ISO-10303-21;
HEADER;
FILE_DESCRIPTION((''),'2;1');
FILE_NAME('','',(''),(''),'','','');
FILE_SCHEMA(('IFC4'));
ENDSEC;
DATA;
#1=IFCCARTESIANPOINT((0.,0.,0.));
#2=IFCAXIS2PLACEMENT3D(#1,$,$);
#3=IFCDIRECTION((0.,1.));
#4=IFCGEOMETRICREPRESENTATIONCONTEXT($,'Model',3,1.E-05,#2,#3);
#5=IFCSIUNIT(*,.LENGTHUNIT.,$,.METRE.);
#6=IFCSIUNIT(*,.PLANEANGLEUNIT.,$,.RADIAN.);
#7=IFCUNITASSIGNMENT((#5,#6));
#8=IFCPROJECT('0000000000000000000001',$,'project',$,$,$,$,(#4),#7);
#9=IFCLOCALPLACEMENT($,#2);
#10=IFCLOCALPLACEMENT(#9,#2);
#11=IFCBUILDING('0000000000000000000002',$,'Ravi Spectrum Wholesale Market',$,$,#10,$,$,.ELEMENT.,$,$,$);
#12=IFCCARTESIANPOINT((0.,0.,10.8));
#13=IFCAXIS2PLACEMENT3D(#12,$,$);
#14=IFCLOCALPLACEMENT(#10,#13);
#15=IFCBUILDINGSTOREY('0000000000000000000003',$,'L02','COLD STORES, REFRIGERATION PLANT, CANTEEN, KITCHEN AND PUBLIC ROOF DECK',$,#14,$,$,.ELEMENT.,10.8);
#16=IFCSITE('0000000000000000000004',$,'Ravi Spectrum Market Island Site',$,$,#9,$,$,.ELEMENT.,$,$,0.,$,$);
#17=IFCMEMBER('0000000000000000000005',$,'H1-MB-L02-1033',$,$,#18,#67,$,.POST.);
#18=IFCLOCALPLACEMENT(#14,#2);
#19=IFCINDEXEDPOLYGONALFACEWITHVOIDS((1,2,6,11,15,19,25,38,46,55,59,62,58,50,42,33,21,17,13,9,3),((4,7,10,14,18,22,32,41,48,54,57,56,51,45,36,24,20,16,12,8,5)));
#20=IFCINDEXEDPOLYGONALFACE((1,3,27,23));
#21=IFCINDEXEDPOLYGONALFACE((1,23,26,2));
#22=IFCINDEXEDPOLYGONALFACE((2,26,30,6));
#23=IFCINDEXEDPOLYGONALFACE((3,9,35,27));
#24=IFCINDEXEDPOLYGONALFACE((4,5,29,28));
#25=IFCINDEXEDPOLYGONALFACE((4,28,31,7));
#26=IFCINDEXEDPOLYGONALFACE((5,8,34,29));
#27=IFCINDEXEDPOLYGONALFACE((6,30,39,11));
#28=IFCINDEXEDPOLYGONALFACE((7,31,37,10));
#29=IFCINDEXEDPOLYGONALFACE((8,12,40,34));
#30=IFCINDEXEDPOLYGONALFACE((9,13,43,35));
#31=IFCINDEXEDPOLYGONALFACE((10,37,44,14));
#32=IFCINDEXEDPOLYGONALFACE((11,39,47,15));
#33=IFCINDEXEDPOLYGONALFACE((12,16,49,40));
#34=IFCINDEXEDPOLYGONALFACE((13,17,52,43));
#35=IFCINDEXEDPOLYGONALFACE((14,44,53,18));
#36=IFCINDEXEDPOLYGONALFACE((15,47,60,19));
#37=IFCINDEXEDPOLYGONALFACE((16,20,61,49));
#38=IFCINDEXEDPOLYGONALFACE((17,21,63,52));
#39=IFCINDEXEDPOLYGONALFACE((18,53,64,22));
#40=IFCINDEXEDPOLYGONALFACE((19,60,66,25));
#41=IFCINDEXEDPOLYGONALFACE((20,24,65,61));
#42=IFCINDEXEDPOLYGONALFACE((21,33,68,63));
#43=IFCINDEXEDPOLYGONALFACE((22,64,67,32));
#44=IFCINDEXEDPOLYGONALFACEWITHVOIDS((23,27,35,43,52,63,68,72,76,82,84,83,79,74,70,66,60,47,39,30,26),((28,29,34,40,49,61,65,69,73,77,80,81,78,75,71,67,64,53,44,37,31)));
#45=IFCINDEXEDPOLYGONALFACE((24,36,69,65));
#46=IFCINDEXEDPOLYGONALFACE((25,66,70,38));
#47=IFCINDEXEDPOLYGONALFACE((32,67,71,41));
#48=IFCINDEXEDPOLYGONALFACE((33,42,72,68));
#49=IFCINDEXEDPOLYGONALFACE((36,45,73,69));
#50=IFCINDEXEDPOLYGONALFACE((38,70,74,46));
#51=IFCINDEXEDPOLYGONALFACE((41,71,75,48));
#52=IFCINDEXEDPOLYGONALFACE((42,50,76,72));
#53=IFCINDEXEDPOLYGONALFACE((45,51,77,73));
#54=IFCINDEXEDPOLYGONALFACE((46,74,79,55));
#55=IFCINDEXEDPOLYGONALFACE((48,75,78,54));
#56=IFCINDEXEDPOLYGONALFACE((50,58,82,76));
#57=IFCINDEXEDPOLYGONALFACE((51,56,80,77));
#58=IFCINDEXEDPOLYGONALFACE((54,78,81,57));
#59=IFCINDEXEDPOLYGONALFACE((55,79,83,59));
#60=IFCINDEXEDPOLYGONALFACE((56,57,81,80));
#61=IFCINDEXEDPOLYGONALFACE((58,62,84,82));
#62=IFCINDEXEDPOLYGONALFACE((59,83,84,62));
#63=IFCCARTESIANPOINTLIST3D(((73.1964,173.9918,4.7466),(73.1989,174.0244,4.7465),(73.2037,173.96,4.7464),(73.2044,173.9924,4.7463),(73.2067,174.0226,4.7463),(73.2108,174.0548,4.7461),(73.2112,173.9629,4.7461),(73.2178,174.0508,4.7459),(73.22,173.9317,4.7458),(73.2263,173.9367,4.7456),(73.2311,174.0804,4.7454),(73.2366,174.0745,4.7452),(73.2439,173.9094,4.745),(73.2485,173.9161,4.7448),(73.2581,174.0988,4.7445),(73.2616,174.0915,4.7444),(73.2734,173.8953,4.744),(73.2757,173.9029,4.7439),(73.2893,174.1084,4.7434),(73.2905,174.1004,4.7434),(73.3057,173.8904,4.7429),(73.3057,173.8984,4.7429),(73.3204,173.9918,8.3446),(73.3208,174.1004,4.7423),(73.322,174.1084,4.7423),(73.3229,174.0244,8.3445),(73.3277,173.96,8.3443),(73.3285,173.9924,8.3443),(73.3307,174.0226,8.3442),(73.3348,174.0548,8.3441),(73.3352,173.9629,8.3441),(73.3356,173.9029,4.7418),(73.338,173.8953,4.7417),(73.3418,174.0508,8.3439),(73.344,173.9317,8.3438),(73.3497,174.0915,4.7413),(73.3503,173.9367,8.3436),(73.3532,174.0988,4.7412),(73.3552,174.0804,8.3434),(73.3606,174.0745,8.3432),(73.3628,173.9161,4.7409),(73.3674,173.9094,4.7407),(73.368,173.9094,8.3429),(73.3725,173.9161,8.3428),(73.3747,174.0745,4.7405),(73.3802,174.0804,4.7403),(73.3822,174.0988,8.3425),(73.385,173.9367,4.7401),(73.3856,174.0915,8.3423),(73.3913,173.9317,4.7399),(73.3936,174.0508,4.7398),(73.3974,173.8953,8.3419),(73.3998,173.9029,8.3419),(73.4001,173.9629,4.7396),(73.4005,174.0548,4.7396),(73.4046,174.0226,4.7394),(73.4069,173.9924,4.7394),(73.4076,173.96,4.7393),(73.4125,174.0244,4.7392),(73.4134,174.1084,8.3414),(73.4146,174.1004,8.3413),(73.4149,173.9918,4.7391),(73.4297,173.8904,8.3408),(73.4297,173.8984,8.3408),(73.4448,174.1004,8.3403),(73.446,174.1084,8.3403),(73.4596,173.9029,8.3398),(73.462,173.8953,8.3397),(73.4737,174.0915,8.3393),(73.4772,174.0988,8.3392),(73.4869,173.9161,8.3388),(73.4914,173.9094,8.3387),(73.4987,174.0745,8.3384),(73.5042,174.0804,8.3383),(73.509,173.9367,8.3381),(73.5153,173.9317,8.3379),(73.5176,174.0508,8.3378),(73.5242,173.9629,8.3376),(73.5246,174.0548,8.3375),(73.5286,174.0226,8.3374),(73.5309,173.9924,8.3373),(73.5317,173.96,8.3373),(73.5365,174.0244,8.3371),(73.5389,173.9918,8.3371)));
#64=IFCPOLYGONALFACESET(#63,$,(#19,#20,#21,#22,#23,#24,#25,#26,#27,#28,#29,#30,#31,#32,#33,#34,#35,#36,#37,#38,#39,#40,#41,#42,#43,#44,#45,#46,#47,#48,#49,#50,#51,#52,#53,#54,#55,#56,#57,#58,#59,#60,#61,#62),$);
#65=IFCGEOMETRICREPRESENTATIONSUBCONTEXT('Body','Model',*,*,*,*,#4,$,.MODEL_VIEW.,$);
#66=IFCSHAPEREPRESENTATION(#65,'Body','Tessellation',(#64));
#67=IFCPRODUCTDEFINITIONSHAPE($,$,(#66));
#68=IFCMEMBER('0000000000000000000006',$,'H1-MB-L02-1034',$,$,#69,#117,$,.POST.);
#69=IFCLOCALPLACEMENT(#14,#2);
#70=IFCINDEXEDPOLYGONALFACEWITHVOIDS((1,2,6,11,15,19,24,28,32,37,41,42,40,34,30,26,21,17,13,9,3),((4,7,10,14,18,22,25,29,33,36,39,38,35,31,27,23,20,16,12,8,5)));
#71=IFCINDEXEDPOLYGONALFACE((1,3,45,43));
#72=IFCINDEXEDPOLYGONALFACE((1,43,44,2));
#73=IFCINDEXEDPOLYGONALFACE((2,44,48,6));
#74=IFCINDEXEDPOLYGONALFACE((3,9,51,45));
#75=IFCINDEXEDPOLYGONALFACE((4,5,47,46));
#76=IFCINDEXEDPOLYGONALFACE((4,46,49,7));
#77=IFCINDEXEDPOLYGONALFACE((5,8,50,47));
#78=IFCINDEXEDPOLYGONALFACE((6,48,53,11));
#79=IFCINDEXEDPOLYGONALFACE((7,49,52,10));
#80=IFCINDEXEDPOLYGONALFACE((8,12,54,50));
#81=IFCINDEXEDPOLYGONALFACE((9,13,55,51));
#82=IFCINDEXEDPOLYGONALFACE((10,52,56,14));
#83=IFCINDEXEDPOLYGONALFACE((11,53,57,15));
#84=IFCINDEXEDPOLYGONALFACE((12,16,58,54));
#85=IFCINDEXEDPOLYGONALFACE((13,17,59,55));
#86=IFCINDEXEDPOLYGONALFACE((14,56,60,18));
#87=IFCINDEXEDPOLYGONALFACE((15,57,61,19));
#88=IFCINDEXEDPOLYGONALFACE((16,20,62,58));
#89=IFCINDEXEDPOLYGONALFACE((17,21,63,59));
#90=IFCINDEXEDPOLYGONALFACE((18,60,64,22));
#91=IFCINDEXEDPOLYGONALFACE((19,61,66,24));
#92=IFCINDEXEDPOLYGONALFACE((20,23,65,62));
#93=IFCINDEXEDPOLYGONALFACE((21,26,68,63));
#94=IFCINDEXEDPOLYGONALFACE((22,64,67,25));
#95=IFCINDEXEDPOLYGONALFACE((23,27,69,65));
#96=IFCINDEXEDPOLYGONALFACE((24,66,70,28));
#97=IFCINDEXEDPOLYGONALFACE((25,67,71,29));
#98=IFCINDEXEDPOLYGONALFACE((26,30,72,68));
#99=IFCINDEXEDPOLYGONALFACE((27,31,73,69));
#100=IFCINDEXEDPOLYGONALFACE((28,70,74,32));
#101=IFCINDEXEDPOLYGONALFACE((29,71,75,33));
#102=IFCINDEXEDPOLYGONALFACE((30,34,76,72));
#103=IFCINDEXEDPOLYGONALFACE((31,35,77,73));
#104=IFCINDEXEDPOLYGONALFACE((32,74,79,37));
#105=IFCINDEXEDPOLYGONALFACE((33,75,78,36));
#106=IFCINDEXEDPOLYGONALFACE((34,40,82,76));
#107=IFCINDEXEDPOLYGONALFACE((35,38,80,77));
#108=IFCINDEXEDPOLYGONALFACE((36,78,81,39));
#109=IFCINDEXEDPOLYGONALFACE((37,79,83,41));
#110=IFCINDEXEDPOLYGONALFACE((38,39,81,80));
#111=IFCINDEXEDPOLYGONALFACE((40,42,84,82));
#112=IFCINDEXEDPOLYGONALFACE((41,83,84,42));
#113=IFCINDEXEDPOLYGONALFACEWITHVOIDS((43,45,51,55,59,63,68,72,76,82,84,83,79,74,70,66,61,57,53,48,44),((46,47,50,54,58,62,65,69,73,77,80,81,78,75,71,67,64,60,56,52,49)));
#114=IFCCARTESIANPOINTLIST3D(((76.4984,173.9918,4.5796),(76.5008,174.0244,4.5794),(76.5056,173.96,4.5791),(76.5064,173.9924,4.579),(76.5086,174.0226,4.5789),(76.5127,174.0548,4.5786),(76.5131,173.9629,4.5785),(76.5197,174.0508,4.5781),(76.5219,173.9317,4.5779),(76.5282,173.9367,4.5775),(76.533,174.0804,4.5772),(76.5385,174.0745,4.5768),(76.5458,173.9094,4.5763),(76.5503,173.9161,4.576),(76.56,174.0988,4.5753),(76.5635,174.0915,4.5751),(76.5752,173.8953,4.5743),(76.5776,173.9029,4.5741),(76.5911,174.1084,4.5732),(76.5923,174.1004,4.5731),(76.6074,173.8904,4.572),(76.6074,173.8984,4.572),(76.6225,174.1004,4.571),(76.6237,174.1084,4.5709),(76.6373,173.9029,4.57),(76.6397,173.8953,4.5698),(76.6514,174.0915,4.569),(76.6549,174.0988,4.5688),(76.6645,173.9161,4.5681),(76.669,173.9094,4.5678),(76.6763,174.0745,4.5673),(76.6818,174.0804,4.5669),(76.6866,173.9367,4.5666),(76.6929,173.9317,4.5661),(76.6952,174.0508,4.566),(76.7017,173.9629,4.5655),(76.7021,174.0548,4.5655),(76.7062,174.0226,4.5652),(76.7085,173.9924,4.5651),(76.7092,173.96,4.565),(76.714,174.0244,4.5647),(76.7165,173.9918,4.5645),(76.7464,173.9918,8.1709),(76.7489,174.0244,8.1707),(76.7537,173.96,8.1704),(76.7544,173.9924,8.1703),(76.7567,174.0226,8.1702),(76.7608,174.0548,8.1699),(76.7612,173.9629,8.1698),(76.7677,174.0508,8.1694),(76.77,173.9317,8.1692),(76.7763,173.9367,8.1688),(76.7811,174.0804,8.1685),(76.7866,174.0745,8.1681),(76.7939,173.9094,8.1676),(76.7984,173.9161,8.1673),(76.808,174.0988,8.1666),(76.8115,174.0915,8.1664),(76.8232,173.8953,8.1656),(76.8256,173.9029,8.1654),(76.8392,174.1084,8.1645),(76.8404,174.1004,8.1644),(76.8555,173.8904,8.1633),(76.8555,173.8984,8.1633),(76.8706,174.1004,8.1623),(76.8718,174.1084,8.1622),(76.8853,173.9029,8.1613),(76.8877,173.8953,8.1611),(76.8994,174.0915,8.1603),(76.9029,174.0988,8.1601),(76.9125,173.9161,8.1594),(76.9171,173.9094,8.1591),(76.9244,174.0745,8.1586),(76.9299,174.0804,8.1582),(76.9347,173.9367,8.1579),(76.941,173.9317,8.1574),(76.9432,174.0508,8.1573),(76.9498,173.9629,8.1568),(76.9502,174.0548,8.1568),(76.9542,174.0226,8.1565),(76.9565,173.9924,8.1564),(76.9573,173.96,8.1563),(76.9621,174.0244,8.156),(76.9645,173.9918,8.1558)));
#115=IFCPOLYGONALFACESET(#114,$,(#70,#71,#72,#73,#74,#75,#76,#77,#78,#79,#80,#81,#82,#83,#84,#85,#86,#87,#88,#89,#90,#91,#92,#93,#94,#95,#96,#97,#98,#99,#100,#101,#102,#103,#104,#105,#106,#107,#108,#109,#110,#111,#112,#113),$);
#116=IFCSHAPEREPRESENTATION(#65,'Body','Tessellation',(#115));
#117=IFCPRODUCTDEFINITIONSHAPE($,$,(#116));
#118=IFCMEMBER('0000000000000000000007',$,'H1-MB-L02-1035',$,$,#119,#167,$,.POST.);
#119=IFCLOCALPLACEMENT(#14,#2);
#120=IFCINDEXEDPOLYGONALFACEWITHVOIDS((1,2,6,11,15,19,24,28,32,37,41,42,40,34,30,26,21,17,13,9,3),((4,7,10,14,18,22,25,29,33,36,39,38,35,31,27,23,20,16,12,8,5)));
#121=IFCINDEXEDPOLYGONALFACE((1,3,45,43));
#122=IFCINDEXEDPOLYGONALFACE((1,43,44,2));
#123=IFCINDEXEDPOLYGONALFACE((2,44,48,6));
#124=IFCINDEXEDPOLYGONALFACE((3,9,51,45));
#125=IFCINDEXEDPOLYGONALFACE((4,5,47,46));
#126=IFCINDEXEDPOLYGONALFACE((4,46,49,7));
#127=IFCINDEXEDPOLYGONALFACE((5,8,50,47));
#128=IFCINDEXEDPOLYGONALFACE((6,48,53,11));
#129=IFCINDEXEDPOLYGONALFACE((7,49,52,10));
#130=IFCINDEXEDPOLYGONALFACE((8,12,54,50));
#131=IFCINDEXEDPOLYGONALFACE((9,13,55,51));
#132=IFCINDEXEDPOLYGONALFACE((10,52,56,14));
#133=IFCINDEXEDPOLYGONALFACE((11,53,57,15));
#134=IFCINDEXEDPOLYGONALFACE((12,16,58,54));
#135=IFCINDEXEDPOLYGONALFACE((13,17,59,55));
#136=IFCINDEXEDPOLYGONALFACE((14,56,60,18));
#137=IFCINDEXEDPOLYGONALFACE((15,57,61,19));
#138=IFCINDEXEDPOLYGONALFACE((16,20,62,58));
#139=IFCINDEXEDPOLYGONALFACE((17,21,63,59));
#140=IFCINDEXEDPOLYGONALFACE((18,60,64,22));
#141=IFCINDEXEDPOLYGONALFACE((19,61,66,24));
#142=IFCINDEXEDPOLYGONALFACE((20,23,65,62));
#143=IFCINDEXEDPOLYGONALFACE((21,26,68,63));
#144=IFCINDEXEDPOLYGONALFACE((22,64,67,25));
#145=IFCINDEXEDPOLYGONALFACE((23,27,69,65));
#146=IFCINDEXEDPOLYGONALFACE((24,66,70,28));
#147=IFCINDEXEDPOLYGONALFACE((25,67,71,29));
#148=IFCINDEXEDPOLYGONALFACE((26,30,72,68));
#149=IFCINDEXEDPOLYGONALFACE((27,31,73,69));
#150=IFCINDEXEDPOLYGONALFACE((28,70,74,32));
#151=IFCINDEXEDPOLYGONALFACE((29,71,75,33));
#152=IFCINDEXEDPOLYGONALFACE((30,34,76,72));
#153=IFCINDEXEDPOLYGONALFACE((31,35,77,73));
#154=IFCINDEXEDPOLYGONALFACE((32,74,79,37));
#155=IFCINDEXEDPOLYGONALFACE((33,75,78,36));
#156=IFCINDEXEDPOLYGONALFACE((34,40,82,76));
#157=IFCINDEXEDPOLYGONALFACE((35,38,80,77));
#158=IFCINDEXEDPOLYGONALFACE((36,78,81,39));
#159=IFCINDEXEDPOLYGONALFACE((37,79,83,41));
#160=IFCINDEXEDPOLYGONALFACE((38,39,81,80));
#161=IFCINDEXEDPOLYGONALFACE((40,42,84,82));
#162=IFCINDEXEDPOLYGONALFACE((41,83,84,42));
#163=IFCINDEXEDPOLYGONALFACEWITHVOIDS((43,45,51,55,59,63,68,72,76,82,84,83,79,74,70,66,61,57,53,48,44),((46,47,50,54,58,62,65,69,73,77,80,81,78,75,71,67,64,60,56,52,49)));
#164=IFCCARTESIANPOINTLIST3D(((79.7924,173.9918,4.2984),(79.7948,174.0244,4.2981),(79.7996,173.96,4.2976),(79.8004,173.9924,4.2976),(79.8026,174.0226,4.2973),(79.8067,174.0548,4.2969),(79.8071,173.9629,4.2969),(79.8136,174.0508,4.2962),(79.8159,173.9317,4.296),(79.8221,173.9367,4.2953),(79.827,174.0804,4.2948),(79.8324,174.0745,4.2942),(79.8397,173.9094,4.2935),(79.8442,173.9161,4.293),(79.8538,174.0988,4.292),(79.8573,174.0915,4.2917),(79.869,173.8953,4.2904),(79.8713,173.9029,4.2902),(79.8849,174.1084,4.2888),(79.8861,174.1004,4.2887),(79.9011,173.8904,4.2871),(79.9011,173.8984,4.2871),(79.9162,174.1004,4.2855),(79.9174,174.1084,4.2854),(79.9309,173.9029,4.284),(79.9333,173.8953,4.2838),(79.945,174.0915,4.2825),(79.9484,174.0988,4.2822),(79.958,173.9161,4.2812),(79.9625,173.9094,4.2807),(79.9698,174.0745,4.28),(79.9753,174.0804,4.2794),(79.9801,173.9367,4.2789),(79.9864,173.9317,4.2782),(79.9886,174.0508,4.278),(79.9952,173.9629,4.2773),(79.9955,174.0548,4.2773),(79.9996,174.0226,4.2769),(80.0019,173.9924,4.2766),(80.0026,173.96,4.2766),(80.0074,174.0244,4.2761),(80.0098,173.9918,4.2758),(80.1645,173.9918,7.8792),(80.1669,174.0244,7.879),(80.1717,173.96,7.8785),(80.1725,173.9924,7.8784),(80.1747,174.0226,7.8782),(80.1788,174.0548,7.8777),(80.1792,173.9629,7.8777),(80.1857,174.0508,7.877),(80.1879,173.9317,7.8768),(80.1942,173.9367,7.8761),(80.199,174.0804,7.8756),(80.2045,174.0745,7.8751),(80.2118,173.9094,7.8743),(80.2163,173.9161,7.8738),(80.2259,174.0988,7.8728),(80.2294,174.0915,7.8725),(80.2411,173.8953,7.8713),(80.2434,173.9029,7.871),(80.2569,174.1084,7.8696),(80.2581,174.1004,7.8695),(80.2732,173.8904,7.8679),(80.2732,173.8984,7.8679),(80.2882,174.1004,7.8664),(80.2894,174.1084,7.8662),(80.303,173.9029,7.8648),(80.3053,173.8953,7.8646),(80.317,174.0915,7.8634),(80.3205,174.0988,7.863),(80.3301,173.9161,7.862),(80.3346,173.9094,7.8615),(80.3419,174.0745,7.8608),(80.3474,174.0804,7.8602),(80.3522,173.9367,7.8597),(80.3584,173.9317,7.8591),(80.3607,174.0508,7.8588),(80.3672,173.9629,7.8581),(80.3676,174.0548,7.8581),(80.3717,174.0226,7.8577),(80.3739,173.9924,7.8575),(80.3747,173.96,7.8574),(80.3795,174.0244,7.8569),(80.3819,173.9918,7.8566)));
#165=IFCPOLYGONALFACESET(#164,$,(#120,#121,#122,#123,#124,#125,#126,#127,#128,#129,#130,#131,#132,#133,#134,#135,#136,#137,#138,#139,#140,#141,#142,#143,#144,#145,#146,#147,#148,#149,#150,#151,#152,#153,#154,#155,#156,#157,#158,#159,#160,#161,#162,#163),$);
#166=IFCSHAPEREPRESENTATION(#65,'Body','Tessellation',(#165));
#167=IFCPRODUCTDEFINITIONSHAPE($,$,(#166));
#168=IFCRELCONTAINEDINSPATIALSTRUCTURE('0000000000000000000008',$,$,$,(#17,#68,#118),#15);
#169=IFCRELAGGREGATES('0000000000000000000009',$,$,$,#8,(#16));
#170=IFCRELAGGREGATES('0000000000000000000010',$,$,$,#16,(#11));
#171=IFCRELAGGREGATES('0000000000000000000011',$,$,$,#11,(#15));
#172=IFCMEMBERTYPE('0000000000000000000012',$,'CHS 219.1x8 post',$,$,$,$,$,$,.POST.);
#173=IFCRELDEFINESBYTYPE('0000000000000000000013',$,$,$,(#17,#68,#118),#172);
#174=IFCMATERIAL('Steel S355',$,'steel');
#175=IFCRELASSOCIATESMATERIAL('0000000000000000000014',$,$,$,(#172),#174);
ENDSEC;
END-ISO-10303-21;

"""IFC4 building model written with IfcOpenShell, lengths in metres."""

from ifc_helpers import new_model, si_unit, direction, frame, origin, origin_2d, place, context, subcontext, project, spatial, hollow_circle, extrude, material, material_profile, profile_set, type_object, element, save


model = new_model("IFC4")

# Units and contexts
model_context = context("Model", 3, precision=1e-05, world=origin(), true_north=direction((0.0, 1.0)))
body_context = subcontext(model_context, "Body", "Model", "MODEL_VIEW")
ifc_project = project(units=[si_unit("LENGTHUNIT", "METRE"), si_unit("PLANEANGLEUNIT", "RADIAN")], contexts=[model_context])

# Site, building, storey
site_placement = place(None, origin())
site = spatial("IfcSite", under=ifc_project, at=site_placement, Name="Ravi Spectrum Market Island Site", CompositionType="ELEMENT", RefElevation=0.0)
building_placement = place(site_placement, origin())
building = spatial("IfcBuilding", under=site, at=building_placement, Name="Ravi Spectrum Wholesale Market", CompositionType="ELEMENT")
storey_placement = place(building_placement, frame((0.0, 0.0, 10.8)))
storey = spatial("IfcBuildingStorey", under=building, at=storey_placement, Name="L02", Description="COLD STORES, REFRIGERATION PLANT, CANTEEN, KITCHEN AND PUBLIC ROOF DECK", CompositionType="ELEMENT", Elevation=10.8)

# Members
ifc_material_1 = material(Name="Steel S355", Category="steel")
ifc_material_profile_1 = material_profile(ifc_material_1, hollow_circle(Radius=0.1096, WallThickness=0.0081, at=origin_2d()))
ifc_profile_set_1 = profile_set([ifc_material_profile_1], Name="Steel S355")
member_type_1 = type_object("IfcMemberType", Name="CHS 219.1x8 post", PredefinedType="POST", material=ifc_profile_set_1)
member_1_placement = place(storey_placement, frame((73.4297, 174.0, 8.3408), z_axis=(-0.034451, 0.0, -0.999406), x_axis=(0.0, -1.0, 0.0)))
element("IfcMember", 1, at=member_1_placement, inside=storey, type_object=member_type_1, Name="H1-MB-L02-1033", PredefinedType="POST", context=body_context, shape_type="SweptSolid", body=[
    extrude(hollow_circle(Radius=0.1096, WallThickness=0.0081, at=origin_2d()), origin(), (0.0, 0.0, 1.0), 3.6001),
])
member_2_placement = place(storey_placement, frame((76.8555, 174.0, 8.1633), z_axis=(-0.068905, 0.0, -0.997623), x_axis=(0.0, -1.0, 0.0)))
element("IfcMember", 2, at=member_2_placement, inside=storey, type_object=member_type_1, Name="H1-MB-L02-1034", PredefinedType="POST", context=body_context, shape_type="SweptSolid", body=[
    extrude(hollow_circle(Radius=0.1096, WallThickness=0.0081, at=origin_2d()), origin(), (0.0, 0.0, 1.0), 3.5999),
])
member_3_placement = place(storey_placement, frame((80.2732, 174.0, 7.8679), z_axis=(-0.10335, 0.0, -0.994645), x_axis=(0.0, -1.0, 0.0)))
element("IfcMember", 3, at=member_3_placement, inside=storey, type_object=member_type_1, Name="H1-MB-L02-1035", PredefinedType="POST", context=body_context, shape_type="SweptSolid", body=[
    extrude(hollow_circle(Radius=0.1096, WallThickness=0.0081, at=origin_2d()), origin(), (0.0, 0.0, 1.0), 3.6001),
])

save(model, "model.ifc")
